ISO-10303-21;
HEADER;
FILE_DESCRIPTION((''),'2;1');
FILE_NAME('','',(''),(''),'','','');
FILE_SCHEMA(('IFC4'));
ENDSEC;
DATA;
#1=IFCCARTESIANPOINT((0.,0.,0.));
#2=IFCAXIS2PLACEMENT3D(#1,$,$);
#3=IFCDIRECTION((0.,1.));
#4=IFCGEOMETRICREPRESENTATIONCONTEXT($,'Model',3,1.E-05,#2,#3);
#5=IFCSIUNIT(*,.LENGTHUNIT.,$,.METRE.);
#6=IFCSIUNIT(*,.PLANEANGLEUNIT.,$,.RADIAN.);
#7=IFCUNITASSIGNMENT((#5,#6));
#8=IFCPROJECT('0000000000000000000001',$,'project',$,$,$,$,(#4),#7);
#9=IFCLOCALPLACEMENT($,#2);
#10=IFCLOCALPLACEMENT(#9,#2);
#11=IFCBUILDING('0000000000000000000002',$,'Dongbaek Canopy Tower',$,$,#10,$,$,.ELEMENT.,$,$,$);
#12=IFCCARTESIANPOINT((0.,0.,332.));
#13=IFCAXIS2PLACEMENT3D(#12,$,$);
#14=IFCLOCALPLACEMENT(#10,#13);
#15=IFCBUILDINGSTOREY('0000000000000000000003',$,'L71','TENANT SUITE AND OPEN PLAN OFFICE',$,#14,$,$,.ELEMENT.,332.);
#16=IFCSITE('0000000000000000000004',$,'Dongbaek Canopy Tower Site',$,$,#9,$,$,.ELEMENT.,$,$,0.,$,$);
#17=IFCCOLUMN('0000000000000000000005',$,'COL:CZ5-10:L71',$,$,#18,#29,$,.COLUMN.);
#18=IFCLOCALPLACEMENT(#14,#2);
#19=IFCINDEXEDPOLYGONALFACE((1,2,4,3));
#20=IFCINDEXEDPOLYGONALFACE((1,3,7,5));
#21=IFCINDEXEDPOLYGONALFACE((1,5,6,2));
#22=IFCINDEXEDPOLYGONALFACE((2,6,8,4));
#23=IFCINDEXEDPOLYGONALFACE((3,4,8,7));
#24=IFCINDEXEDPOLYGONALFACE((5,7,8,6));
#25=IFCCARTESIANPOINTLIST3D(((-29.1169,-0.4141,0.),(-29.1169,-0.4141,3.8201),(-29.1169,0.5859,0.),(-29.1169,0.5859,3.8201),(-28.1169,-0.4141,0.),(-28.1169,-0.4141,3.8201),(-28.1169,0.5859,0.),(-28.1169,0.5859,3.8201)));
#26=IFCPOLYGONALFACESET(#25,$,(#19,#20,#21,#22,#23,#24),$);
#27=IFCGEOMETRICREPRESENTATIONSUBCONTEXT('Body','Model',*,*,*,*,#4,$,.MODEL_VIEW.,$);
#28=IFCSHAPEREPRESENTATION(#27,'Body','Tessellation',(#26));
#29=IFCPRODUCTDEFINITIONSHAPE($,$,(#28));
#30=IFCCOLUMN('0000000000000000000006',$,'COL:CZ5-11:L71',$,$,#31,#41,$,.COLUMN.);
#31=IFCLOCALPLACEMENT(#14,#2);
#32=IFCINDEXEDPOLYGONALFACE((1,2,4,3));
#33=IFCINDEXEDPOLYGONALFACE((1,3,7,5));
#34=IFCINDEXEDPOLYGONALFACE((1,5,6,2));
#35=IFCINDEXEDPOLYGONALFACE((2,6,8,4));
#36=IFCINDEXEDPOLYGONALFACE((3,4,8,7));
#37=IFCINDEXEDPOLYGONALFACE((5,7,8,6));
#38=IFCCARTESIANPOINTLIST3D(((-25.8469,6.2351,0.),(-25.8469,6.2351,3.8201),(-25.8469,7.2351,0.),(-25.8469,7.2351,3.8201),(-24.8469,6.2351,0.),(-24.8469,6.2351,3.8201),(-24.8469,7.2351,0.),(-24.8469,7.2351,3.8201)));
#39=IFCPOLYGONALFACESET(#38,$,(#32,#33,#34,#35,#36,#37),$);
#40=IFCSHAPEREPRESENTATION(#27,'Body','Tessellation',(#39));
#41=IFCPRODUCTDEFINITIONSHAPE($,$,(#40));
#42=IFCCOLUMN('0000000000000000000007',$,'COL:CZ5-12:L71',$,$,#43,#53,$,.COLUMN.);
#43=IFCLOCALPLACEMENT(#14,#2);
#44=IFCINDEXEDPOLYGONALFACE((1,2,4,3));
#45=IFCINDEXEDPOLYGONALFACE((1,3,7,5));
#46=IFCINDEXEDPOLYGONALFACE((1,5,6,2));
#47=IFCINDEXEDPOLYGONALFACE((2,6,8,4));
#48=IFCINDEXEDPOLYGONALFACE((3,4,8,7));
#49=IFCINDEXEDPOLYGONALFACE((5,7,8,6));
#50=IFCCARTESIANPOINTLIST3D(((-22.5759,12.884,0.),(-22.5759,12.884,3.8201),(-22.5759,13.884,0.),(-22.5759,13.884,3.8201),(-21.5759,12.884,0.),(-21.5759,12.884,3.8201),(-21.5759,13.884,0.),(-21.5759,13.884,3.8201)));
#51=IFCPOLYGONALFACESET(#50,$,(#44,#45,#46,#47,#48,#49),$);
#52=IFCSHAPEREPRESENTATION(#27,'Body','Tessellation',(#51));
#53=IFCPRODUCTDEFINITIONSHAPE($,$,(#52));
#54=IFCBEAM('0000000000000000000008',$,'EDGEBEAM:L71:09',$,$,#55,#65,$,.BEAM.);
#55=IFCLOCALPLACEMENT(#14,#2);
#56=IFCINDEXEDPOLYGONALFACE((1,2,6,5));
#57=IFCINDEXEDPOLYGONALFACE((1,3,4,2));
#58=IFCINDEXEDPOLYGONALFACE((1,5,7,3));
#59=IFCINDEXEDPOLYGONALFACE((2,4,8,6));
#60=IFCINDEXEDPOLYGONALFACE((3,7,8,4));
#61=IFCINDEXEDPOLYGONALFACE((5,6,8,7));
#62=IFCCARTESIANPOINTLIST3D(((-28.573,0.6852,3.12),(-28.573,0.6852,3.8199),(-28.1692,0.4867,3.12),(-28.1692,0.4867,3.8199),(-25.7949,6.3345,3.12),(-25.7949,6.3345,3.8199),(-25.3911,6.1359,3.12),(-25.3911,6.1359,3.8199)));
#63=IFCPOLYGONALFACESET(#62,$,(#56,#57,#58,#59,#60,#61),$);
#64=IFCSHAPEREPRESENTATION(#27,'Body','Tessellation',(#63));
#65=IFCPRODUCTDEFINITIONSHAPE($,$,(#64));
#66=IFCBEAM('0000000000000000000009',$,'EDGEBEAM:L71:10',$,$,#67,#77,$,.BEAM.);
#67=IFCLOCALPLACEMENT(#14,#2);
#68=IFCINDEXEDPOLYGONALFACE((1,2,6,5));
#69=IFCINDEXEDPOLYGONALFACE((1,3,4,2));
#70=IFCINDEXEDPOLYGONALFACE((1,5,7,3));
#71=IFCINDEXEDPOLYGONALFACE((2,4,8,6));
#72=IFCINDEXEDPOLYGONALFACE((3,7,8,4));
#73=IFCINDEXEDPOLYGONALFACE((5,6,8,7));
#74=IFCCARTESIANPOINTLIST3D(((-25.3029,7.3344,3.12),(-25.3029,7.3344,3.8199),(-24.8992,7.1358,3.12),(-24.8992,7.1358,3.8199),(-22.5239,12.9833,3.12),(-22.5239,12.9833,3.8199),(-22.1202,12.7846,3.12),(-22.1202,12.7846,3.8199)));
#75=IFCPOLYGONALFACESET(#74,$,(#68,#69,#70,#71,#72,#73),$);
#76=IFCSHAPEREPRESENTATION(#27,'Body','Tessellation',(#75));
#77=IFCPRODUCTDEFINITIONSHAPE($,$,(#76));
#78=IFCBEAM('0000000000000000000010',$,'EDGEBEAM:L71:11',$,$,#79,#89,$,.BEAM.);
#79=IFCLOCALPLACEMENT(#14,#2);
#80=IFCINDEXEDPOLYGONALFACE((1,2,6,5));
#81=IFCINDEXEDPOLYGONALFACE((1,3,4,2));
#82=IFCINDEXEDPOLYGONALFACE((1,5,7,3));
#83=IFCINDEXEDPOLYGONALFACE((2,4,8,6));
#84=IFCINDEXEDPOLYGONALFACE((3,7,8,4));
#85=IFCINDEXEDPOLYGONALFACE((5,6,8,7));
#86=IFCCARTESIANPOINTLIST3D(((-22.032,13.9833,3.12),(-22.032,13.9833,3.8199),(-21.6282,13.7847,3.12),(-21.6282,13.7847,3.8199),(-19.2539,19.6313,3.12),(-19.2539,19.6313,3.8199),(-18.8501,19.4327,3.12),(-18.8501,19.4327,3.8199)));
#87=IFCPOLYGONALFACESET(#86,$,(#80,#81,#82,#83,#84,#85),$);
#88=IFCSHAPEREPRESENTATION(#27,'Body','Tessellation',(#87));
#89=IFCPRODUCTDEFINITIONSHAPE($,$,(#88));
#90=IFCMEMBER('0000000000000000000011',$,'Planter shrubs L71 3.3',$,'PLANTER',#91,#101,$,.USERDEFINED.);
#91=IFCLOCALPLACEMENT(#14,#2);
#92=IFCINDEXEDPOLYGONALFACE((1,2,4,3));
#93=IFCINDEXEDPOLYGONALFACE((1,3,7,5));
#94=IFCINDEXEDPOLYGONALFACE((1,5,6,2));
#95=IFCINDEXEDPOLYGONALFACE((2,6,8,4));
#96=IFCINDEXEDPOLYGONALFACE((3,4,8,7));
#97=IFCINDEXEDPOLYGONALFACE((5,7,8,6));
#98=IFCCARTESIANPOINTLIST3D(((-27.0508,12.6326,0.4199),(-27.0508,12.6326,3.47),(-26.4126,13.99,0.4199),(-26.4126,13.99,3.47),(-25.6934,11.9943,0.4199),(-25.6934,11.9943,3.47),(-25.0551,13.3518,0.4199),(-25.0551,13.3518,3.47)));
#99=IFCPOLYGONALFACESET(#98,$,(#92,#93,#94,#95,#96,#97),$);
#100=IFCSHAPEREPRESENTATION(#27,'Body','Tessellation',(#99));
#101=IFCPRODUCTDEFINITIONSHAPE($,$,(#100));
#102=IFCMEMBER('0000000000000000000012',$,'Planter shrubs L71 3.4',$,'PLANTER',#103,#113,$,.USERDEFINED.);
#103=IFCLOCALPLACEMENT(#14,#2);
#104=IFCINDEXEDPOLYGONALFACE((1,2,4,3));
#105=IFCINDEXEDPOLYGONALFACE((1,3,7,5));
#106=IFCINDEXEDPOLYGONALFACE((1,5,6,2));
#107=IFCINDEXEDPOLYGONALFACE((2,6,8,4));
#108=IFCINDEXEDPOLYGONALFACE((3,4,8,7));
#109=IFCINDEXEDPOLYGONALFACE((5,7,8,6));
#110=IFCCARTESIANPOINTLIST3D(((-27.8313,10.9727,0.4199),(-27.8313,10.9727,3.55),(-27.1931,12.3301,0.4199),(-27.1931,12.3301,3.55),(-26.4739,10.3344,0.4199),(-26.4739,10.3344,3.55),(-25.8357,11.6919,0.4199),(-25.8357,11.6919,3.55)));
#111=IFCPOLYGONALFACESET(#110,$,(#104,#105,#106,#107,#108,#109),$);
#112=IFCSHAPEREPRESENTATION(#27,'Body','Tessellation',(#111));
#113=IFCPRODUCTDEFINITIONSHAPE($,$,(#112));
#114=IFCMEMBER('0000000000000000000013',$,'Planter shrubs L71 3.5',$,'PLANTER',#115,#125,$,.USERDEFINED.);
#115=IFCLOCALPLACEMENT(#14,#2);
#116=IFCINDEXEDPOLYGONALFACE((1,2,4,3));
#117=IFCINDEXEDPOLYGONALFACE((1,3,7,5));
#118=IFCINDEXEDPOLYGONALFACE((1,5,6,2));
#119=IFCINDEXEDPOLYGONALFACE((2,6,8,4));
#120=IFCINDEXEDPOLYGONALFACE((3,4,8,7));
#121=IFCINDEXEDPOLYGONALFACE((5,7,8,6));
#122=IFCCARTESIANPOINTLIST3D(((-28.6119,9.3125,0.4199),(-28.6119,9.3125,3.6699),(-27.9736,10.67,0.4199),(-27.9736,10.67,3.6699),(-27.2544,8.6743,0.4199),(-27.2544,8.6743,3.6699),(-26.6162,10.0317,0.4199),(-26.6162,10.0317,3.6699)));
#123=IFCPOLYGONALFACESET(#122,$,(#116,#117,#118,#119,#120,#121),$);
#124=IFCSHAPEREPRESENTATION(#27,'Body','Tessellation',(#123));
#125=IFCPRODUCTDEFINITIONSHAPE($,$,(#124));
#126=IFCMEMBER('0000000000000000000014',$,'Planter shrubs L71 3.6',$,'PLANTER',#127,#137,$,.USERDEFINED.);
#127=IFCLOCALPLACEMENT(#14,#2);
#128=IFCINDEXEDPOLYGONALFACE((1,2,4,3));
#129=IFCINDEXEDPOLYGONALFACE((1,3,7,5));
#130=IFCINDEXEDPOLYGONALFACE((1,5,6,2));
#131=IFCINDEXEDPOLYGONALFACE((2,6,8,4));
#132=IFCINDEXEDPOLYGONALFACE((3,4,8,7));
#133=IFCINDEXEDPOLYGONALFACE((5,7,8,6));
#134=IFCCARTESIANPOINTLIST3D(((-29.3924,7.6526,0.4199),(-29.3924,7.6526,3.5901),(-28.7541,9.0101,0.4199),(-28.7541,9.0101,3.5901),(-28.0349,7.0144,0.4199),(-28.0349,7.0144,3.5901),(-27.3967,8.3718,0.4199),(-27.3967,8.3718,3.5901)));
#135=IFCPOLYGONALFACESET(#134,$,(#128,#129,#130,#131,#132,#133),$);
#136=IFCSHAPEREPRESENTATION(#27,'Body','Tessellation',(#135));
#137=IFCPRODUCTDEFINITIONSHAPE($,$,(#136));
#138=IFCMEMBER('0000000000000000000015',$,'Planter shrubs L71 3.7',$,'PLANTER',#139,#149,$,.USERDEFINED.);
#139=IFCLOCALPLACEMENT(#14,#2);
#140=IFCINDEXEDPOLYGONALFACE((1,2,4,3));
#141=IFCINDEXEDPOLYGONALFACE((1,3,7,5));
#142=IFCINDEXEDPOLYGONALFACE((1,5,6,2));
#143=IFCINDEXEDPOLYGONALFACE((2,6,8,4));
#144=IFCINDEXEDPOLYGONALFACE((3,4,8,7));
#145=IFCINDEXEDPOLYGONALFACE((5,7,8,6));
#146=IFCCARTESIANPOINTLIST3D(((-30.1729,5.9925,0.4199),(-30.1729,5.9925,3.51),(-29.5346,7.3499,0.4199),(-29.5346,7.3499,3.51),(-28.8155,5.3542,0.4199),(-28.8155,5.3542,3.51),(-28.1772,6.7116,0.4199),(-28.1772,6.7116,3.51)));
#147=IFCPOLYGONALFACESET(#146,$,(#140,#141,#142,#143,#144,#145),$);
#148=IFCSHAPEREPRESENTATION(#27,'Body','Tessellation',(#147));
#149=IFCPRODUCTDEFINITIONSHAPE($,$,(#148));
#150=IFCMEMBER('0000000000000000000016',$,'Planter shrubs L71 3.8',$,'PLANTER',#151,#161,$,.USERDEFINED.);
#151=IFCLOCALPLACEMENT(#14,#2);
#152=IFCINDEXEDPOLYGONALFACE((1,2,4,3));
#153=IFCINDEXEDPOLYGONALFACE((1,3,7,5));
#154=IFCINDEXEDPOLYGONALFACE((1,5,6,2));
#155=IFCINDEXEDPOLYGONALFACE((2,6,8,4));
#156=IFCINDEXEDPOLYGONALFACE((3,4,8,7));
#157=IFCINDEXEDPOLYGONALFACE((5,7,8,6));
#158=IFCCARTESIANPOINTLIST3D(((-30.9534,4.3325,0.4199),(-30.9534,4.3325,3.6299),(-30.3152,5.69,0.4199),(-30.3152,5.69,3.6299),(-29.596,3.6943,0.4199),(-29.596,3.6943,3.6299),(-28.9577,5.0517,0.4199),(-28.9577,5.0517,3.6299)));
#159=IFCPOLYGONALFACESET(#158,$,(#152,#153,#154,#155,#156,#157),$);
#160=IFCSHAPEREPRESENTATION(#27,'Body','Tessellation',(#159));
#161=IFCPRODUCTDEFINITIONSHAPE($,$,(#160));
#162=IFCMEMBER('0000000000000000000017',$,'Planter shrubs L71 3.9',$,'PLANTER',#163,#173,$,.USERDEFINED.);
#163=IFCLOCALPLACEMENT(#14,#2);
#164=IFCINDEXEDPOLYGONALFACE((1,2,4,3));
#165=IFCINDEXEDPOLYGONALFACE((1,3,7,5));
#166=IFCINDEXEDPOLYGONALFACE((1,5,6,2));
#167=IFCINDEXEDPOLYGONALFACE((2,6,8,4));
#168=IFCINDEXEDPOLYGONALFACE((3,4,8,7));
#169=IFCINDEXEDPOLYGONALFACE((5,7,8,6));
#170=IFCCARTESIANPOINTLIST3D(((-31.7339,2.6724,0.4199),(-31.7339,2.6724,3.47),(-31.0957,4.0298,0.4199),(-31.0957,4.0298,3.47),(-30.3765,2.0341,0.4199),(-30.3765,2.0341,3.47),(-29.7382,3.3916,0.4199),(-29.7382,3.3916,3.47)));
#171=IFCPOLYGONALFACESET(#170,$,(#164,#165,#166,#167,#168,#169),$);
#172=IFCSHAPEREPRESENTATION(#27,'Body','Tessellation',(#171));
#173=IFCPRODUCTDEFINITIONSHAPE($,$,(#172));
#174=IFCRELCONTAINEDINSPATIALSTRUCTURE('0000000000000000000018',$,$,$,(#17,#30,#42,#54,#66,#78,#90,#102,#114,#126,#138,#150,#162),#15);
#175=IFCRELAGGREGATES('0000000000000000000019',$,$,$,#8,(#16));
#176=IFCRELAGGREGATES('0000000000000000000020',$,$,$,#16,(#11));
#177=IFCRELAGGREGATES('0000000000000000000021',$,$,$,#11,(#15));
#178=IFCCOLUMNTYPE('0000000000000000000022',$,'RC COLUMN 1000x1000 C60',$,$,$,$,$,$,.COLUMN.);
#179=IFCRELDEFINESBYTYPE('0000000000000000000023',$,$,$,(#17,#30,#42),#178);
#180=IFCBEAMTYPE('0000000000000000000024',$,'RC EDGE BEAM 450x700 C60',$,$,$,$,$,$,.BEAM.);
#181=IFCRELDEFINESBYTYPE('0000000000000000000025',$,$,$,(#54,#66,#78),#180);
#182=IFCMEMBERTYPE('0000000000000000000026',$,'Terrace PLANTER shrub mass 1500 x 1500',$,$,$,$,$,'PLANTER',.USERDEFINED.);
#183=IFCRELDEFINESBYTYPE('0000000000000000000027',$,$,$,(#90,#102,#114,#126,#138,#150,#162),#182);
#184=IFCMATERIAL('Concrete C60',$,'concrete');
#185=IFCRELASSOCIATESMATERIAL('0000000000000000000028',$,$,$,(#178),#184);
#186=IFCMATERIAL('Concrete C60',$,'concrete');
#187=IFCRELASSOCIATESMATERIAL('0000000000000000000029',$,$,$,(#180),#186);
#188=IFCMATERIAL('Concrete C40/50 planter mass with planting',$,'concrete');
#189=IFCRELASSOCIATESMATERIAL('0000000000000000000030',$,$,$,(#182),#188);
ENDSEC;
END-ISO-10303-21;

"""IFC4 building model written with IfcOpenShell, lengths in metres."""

from ifc_helpers import new_model, si_unit, direction, frame, origin, origin_2d, place, context, subcontext, project, spatial, rectangle, extrude, material, material_profile, profile_set, type_object, element, save


model = new_model("IFC4")

# Units and contexts
model_context = context("Model", 3, precision=1e-05, world=origin(), true_north=direction((0.0, 1.0)))
body_context = subcontext(model_context, "Body", "Model", "MODEL_VIEW")
ifc_project = project(units=[si_unit("LENGTHUNIT", "METRE"), si_unit("PLANEANGLEUNIT", "RADIAN")], contexts=[model_context])

# Site, building, storey
site_placement = place(None, origin())
site = spatial("IfcSite", under=ifc_project, at=site_placement, Name="Dongbaek Canopy Tower Site", CompositionType="ELEMENT", RefElevation=0.0)
building_placement = place(site_placement, origin())
building = spatial("IfcBuilding", under=site, at=building_placement, Name="Dongbaek Canopy Tower", CompositionType="ELEMENT")
storey_placement = place(building_placement, frame((0.0, 0.0, 332.0)))
storey = spatial("IfcBuildingStorey", under=building, at=storey_placement, Name="L71", Description="TENANT SUITE AND OPEN PLAN OFFICE", CompositionType="ELEMENT", Elevation=332.0)

# Columns
ifc_material_1 = material(Name="Concrete C60", Category="concrete")
ifc_material_profile_1 = material_profile(ifc_material_1, rectangle(XDim=1.0, YDim=1.0, at=origin_2d()), Name="RC COLUMN 1000x1000 C60")
ifc_profile_set_1 = profile_set([ifc_material_profile_1], Name="Concrete C60")
column_type = type_object("IfcColumnType", Name="RC COLUMN 1000x1000 C60", PredefinedType="COLUMN", material=ifc_profile_set_1)
for number, where, z_axis, x_axis, name in (
    (1, (-28.6169, 0.0859, 0.0), (0.0, 0.0, 1.0), (1.0, 0.0, 0.0), "COL:CZ5-10:L71"),
    (2, (-25.3469, 6.7351, 0.0), (0.0, 0.0, 1.0), (1.0, 0.0, 0.0), "COL:CZ5-11:L71"),
    (3, (-22.0759, 13.384, 0.0), (0.0, 0.0, 1.0), (1.0, 0.0, 0.0), "COL:CZ5-12:L71"),
):
    element("IfcColumn", number, at=place(storey_placement, frame(where, z_axis=z_axis, x_axis=x_axis)), inside=storey, type_object=column_type, Name=name, PredefinedType="COLUMN", context=body_context, shape_type="SweptSolid", body=[
        extrude(rectangle(XDim=1.0, YDim=1.0, at=origin_2d()), origin(), (0.0, 0.0, 1.0), 3.8201),
    ])

# Beams
ifc_material_2 = material(Name="Concrete C60", Category="concrete")
ifc_material_profile_2 = material_profile(ifc_material_2, rectangle(XDim=0.45, YDim=0.7, at=origin_2d()), Name="RC EDGE BEAM 450x700 C60")
ifc_profile_set_2 = profile_set([ifc_material_profile_2], Name="Concrete C60")
beam_type = type_object("IfcBeamType", Name="RC EDGE BEAM 450x700 C60", PredefinedType="BEAM", material=ifc_profile_set_2)
for number, where, z_axis, x_axis, name in (
    (4, (-28.3711, 0.5859, 3.47), (0.441294, 0.897363, 0.0), (-0.897363, 0.441294, 0.0), "EDGEBEAM:L71:09"),
    (5, (-25.1011, 7.2351, 3.47), (0.441434, 0.897294, 0.0), (-0.897294, 0.441434, 0.0), "EDGEBEAM:L71:10"),
):
    element("IfcBeam", number, at=place(storey_placement, frame(where, z_axis=z_axis, x_axis=x_axis)), inside=storey, type_object=beam_type, Name=name, PredefinedType="BEAM", context=body_context, shape_type="SweptSolid", body=[
        extrude(rectangle(XDim=0.45, YDim=0.7, at=origin_2d()), origin(), (0.0, 0.0, 1.0), 6.2954),
    ])
beam_placement = place(storey_placement, frame((-21.8301, 13.884, 3.47), z_axis=(0.44137, 0.897325, 0.0), x_axis=(-0.897325, 0.44137, 0.0)))
element("IfcBeam", 6, at=beam_placement, inside=storey, type_object=beam_type, Name="EDGEBEAM:L71:11", PredefinedType="BEAM", context=body_context, shape_type="SweptSolid", body=[
    extrude(rectangle(XDim=0.45, YDim=0.7, at=origin_2d()), origin(), (0.0, 0.0, 1.0), 6.2942),
])

# Members
ifc_material_3 = material(Name="Concrete C40/50 planter mass with planting", Category="concrete")
ifc_material_profile_3 = material_profile(ifc_material_3, rectangle(XDim=1.5, YDim=1.5, at=origin_2d()), Name="Terrace PLANTER shrub mass 1500 x 1500")
ifc_profile_set_3 = profile_set([ifc_material_profile_3], Name="Concrete C40/50 planter mass with planting")
member_type = type_object("IfcMemberType", Name="Terrace PLANTER shrub mass 1500 x 1500", ElementType="PLANTER", PredefinedType="USERDEFINED", material=ifc_profile_set_3)
member_1_placement = place(storey_placement, frame((-26.053, 12.9922, 0.4199), z_axis=(0.0, 0.0, 1.0), x_axis=(-0.904958, 0.4255, 0.0)))
element("IfcMember", 7, at=member_1_placement, inside=storey, type_object=member_type, Name="Planter shrubs L71 3.3", ObjectType="PLANTER", PredefinedType="USERDEFINED", context=body_context, shape_type="SweptSolid", body=[
    extrude(rectangle(XDim=1.5, YDim=1.5, at=origin_2d()), origin(), (0.0, 0.0, 1.0), 3.05),
])
member_2_placement = place(storey_placement, frame((-26.8335, 11.3323, 0.4199), z_axis=(0.0, 0.0, 1.0), x_axis=(-0.904958, 0.4255, 0.0)))
element("IfcMember", 8, at=member_2_placement, inside=storey, type_object=member_type, Name="Planter shrubs L71 3.4", ObjectType="PLANTER", PredefinedType="USERDEFINED", context=body_context, shape_type="SweptSolid", body=[
    extrude(rectangle(XDim=1.5, YDim=1.5, at=origin_2d()), origin(), (0.0, 0.0, 1.0), 3.1301),
])
member_3_placement = place(storey_placement, frame((-27.614, 9.6721, 0.4199), z_axis=(0.0, 0.0, 1.0), x_axis=(-0.904958, 0.4255, 0.0)))
element("IfcMember", 9, at=member_3_placement, inside=storey, type_object=member_type, Name="Planter shrubs L71 3.5", ObjectType="PLANTER", PredefinedType="USERDEFINED", context=body_context, shape_type="SweptSolid", body=[
    extrude(rectangle(XDim=1.5, YDim=1.5, at=origin_2d()), origin(), (0.0, 0.0, 1.0), 3.25),
])
member_4_placement = place(storey_placement, frame((-28.3945, 8.0122, 0.4199), z_axis=(0.0, 0.0, 1.0), x_axis=(-0.904958, 0.4255, 0.0)))
element("IfcMember", 10, at=member_4_placement, inside=storey, type_object=member_type, Name="Planter shrubs L71 3.6", ObjectType="PLANTER", PredefinedType="USERDEFINED", context=body_context, shape_type="SweptSolid", body=[
    extrude(rectangle(XDim=1.5, YDim=1.5, at=origin_2d()), origin(), (0.0, 0.0, 1.0), 3.1702),
])
member_5_placement = place(storey_placement, frame((-29.175, 6.3521, 0.4199), z_axis=(0.0, 0.0, 1.0), x_axis=(-0.904958, 0.4255, 0.0)))
element("IfcMember", 11, at=member_5_placement, inside=storey, type_object=member_type, Name="Planter shrubs L71 3.7", ObjectType="PLANTER", PredefinedType="USERDEFINED", context=body_context, shape_type="SweptSolid", body=[
    extrude(rectangle(XDim=1.5, YDim=1.5, at=origin_2d()), origin(), (0.0, 0.0, 1.0), 3.0901),
])
member_6_placement = place(storey_placement, frame((-29.9556, 4.6921, 0.4199), z_axis=(0.0, 0.0, 1.0), x_axis=(-0.904958, 0.4255, 0.0)))
element("IfcMember", 12, at=member_6_placement, inside=storey, type_object=member_type, Name="Planter shrubs L71 3.8", ObjectType="PLANTER", PredefinedType="USERDEFINED", context=body_context, shape_type="SweptSolid", body=[
    extrude(rectangle(XDim=1.5, YDim=1.5, at=origin_2d()), origin(), (0.0, 0.0, 1.0), 3.21),
])
member_7_placement = place(storey_placement, frame((-30.7361, 3.032, 0.4199), z_axis=(0.0, 0.0, 1.0), x_axis=(-0.904958, 0.4255, 0.0)))
element("IfcMember", 13, at=member_7_placement, inside=storey, type_object=member_type, Name="Planter shrubs L71 3.9", ObjectType="PLANTER", PredefinedType="USERDEFINED", context=body_context, shape_type="SweptSolid", body=[
    extrude(rectangle(XDim=1.5, YDim=1.5, at=origin_2d()), origin(), (0.0, 0.0, 1.0), 3.05),
])

save(model, "model.ifc")
